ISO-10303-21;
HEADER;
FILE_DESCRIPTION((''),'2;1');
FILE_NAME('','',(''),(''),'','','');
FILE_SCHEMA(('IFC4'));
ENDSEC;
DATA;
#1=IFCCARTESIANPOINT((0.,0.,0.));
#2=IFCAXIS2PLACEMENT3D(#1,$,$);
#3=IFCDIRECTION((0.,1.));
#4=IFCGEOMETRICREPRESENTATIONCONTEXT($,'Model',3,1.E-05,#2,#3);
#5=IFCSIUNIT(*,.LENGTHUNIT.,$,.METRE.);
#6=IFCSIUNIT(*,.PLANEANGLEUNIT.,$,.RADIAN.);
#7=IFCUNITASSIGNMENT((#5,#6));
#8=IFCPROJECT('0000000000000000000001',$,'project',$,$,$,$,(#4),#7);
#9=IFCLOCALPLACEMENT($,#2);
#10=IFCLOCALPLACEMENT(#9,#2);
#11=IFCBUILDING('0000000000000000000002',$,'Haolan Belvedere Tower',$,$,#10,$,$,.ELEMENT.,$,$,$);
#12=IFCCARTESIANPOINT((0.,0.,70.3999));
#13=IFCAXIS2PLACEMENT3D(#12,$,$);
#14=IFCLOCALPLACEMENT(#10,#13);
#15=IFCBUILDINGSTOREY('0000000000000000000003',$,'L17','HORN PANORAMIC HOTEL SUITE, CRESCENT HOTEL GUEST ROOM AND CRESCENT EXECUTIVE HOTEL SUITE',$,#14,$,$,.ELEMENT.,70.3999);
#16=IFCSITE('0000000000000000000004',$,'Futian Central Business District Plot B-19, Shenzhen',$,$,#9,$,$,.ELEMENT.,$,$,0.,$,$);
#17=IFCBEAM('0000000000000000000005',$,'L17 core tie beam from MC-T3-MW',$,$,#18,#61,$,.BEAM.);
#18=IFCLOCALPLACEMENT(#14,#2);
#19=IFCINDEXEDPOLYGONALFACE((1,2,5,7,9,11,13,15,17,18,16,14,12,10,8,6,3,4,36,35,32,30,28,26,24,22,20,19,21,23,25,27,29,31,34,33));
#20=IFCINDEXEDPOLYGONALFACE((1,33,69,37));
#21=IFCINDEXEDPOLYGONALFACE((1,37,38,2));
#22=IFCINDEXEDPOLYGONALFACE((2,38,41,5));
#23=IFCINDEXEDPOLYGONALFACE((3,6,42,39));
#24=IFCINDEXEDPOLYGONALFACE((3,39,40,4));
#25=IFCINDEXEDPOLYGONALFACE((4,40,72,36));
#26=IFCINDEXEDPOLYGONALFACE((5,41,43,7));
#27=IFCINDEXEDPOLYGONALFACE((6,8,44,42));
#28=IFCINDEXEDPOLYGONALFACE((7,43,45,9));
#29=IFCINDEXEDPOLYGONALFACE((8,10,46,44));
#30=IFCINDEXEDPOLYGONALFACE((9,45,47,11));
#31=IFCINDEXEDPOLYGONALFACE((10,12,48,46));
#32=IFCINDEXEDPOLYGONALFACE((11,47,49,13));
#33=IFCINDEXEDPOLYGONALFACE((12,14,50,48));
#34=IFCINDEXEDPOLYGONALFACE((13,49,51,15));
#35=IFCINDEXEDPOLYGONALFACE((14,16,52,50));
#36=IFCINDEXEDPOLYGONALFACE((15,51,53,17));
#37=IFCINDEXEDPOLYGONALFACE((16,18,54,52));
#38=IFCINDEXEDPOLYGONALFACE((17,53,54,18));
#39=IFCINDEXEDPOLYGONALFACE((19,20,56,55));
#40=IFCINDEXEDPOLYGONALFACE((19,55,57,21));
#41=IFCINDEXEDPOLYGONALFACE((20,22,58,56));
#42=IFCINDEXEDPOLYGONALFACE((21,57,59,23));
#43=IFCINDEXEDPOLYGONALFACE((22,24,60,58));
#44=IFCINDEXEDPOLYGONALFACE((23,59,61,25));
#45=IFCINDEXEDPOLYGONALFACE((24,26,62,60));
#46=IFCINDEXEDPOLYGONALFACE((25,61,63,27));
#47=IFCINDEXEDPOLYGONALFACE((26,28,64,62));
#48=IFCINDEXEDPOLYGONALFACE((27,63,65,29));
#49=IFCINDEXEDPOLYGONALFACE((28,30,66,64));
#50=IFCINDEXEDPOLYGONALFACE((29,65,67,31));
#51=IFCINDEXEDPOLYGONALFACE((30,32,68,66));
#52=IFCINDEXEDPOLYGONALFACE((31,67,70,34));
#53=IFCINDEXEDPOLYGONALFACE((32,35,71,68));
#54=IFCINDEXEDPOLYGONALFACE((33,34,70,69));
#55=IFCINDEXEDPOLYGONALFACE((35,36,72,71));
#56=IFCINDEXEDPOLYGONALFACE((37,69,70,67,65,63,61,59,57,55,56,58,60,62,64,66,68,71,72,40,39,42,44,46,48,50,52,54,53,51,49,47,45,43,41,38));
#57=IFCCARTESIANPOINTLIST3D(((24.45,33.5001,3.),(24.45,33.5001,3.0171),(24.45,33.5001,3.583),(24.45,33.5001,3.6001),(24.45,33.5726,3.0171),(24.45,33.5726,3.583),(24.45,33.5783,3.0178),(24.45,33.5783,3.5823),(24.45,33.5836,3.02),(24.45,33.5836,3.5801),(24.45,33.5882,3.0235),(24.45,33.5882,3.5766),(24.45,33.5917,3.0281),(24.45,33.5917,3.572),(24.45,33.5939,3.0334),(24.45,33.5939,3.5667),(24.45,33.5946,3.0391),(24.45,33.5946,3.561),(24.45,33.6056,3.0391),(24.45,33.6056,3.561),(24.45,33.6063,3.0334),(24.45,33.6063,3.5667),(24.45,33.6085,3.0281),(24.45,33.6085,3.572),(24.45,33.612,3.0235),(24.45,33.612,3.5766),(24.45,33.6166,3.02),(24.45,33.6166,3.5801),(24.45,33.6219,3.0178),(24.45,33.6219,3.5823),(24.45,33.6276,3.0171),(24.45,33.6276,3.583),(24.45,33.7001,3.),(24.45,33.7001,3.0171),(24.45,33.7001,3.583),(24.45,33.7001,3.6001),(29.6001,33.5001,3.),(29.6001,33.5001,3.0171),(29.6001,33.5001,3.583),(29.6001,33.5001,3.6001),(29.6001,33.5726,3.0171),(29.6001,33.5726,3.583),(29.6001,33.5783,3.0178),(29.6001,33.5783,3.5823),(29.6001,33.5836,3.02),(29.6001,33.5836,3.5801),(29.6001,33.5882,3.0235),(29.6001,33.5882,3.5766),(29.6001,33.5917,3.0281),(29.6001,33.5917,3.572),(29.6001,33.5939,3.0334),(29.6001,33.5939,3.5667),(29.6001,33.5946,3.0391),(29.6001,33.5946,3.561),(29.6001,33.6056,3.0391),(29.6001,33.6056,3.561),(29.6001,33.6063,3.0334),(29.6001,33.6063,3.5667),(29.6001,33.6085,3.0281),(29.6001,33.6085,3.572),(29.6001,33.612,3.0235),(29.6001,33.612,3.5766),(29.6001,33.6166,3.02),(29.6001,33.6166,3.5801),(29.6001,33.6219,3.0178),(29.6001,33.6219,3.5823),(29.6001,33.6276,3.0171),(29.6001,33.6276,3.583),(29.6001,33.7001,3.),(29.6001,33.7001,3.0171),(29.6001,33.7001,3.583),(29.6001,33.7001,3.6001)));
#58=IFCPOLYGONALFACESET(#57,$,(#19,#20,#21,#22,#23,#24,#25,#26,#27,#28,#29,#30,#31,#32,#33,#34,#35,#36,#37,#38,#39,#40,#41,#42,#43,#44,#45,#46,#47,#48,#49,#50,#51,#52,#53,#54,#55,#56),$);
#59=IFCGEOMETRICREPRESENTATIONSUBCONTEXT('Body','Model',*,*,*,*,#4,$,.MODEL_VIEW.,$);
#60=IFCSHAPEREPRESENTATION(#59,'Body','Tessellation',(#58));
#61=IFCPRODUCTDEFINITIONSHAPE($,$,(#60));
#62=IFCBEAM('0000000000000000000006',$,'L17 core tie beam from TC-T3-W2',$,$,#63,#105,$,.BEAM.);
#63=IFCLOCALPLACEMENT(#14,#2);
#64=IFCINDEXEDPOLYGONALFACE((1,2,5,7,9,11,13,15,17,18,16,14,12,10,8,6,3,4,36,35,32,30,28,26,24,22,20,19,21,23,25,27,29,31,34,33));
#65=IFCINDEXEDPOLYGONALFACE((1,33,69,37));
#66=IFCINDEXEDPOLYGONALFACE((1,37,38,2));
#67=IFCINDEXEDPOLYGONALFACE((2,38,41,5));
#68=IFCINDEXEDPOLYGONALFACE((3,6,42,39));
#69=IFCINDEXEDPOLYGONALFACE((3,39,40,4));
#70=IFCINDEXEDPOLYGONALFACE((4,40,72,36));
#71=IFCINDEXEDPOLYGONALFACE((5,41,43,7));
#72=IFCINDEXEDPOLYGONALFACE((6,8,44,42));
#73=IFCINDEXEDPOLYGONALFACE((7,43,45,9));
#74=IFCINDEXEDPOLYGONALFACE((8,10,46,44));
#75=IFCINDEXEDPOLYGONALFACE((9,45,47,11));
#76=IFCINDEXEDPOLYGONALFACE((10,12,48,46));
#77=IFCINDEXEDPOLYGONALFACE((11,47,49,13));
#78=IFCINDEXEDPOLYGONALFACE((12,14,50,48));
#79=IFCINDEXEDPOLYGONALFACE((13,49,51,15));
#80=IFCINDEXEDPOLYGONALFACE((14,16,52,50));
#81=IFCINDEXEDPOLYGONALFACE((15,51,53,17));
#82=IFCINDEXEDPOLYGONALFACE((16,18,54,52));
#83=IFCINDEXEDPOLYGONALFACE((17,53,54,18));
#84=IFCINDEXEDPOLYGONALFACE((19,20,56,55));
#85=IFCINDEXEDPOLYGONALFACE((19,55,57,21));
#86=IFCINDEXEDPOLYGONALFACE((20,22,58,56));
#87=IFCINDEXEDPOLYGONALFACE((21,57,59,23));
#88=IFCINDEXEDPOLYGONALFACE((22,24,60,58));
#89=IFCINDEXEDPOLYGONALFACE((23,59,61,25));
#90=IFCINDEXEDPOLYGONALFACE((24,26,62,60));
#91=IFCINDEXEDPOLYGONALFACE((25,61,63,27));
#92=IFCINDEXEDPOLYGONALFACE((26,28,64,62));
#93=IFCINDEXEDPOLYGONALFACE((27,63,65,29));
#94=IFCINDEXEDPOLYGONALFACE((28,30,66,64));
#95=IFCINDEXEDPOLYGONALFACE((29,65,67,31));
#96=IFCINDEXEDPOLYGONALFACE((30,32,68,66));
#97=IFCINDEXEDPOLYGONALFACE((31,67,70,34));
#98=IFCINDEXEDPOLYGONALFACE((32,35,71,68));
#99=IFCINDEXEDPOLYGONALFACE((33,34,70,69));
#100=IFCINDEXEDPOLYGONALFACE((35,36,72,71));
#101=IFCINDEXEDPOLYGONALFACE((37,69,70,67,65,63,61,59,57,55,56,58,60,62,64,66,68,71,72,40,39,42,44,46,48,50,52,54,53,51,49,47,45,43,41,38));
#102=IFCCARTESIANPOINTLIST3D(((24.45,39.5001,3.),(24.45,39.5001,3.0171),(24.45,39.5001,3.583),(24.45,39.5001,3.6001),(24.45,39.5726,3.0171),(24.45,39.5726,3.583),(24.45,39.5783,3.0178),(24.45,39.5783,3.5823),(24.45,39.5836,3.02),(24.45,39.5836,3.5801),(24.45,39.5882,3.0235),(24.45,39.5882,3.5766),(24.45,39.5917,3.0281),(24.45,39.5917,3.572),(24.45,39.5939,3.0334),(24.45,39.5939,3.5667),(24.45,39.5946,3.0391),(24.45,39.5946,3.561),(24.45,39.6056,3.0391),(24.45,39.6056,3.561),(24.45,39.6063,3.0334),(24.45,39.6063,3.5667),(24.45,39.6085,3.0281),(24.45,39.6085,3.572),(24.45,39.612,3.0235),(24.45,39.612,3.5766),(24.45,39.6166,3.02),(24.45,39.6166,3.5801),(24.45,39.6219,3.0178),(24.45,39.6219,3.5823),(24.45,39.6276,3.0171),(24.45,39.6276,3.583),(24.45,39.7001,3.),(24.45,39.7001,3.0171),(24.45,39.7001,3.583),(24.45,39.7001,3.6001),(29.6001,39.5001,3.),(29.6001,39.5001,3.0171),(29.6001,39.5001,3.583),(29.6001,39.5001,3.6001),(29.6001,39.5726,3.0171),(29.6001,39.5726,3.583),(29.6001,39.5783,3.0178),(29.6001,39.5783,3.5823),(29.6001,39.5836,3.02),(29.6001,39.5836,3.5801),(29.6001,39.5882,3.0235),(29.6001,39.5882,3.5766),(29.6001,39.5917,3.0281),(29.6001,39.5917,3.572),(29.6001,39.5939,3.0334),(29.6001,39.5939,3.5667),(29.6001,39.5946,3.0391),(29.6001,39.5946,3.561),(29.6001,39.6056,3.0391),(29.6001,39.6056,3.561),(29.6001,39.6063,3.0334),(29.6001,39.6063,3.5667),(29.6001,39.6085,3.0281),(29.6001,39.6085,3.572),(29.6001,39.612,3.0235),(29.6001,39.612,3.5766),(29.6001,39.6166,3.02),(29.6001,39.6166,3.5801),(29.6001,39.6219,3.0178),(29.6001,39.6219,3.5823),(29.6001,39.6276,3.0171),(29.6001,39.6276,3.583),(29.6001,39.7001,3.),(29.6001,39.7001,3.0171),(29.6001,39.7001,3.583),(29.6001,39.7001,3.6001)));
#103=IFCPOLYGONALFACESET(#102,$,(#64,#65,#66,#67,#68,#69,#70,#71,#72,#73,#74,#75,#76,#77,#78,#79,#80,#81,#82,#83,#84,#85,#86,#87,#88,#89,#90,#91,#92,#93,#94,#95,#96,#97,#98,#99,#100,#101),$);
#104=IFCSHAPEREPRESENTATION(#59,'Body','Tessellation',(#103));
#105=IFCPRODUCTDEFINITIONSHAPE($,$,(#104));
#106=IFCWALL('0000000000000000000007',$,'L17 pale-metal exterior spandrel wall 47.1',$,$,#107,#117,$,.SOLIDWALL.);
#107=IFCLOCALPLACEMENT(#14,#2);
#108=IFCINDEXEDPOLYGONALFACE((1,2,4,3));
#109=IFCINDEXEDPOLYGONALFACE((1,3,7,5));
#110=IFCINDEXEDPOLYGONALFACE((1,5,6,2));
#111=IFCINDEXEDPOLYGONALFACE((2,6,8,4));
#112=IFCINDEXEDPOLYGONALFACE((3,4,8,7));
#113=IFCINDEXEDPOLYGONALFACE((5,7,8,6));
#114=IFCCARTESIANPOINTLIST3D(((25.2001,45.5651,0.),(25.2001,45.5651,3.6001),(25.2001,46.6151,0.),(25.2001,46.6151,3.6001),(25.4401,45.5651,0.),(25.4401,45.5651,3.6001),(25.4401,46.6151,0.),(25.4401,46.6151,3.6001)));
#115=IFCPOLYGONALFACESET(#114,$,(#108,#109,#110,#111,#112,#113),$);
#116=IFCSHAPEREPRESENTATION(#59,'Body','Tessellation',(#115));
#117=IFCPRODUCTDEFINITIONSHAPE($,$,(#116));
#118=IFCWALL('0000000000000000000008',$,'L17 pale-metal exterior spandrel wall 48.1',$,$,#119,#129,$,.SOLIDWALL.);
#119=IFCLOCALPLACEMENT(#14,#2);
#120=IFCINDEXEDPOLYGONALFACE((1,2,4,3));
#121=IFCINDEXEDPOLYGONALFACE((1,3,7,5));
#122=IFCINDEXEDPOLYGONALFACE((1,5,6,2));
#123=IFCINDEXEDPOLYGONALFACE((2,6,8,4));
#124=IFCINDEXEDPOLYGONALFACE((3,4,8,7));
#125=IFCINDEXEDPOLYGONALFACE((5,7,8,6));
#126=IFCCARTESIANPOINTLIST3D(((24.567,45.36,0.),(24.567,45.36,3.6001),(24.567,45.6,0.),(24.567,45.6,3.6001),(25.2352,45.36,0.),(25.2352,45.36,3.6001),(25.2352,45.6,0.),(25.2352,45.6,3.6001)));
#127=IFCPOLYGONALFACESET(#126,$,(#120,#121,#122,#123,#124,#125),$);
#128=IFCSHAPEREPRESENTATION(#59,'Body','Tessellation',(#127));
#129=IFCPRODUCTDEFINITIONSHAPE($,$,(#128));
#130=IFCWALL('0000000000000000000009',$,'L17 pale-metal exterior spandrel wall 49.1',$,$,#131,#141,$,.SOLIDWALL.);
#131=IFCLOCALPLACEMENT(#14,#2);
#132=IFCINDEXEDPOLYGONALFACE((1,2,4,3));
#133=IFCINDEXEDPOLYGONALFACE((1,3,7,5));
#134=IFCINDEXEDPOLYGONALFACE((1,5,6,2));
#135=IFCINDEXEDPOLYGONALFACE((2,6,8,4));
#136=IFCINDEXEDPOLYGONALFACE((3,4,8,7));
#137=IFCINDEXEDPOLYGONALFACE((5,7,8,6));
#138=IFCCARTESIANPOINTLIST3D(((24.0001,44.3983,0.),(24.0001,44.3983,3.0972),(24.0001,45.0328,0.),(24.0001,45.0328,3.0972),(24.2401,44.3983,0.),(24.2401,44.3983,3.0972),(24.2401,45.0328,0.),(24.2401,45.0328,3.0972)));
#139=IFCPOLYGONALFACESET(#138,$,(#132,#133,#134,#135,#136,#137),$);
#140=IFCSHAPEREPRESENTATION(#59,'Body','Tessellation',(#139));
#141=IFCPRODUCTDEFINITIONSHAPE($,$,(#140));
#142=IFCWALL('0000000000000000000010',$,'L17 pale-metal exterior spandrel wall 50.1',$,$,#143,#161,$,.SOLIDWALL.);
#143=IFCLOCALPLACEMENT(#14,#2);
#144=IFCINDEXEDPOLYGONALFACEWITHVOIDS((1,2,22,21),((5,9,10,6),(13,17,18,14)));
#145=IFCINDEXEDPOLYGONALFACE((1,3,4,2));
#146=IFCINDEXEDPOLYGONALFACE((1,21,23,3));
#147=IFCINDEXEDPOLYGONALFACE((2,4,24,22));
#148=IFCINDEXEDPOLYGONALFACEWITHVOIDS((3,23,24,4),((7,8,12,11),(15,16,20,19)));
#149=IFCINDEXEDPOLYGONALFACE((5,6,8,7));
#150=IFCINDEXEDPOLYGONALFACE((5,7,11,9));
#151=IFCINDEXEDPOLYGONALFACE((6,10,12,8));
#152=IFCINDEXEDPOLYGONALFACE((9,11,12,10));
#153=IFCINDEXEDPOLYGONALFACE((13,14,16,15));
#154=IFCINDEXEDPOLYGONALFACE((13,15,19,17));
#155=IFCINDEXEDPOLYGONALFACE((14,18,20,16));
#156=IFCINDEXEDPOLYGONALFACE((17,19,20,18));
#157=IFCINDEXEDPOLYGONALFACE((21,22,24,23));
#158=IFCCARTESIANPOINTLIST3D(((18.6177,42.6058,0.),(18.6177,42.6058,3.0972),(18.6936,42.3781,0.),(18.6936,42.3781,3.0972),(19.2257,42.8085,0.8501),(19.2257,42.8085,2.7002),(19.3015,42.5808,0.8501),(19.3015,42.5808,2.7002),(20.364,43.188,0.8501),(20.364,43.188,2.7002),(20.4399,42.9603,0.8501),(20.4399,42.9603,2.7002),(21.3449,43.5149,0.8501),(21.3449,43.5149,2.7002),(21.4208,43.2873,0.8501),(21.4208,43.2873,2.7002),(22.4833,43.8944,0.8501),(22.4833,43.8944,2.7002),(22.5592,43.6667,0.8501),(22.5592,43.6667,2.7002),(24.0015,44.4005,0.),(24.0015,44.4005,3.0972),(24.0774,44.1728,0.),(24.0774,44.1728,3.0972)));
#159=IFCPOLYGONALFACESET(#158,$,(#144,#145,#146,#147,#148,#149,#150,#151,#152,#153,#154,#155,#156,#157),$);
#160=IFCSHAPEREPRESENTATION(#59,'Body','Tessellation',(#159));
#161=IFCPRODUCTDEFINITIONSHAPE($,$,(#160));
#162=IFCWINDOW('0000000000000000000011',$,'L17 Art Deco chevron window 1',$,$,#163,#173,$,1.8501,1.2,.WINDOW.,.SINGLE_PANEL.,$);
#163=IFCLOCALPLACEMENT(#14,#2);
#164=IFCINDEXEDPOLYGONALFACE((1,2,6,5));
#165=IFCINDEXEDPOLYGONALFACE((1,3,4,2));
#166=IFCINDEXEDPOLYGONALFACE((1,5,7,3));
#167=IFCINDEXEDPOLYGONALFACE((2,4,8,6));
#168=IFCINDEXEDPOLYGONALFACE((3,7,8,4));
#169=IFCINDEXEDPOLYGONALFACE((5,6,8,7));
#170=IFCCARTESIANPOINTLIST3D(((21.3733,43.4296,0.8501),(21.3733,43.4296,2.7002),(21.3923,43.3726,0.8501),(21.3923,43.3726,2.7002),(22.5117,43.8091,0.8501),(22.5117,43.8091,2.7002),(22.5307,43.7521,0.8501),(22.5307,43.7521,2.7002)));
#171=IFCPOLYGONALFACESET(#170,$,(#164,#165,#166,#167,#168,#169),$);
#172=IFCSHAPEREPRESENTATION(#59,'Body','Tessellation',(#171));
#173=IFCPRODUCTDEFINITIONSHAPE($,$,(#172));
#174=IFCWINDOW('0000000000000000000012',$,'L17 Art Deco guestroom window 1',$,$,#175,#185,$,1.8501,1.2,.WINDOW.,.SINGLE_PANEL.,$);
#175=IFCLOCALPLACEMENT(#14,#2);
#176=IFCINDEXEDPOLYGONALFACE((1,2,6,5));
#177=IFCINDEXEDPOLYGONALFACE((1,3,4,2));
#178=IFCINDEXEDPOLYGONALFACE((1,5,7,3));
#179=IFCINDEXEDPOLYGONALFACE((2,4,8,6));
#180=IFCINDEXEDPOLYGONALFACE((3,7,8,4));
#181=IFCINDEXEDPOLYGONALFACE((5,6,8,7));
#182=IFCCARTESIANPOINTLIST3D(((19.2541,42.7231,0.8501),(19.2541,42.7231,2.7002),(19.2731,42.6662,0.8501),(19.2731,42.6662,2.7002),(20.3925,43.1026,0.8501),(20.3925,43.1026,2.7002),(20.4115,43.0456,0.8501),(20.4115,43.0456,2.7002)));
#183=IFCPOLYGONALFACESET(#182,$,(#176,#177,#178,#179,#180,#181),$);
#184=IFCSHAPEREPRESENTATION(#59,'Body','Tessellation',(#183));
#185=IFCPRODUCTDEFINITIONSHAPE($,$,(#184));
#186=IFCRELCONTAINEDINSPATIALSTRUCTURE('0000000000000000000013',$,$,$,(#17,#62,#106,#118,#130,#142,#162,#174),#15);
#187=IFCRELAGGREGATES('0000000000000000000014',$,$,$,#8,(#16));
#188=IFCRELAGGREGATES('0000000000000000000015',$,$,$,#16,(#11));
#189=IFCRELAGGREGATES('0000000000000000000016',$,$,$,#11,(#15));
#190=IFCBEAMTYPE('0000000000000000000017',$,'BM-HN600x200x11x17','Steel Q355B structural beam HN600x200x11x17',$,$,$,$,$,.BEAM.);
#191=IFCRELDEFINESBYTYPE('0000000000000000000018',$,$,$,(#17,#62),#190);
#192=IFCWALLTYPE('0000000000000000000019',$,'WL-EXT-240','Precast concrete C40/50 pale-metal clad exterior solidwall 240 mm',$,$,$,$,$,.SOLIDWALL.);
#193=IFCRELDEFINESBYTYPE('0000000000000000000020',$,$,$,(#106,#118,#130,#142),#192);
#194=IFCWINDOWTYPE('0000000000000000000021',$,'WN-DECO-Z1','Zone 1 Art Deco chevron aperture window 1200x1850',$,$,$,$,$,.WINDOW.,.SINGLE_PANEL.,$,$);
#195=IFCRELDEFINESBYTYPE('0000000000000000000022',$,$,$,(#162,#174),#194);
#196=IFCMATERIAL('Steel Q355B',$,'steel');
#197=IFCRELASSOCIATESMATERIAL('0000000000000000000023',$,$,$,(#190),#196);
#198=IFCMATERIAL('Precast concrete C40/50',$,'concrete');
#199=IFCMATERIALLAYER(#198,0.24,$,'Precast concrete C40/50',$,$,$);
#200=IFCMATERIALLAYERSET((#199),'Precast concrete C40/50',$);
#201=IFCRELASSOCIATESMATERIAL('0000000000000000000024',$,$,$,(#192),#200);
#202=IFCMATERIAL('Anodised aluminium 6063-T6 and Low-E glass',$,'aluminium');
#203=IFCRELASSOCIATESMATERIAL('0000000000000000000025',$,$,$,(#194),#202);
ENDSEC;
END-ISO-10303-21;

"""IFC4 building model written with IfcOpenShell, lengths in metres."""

from ifc_helpers import new_model, si_unit, direction, frame, frame_2d, origin, origin_2d, place, context, subcontext, project, spatial, rectangle, i_section, extrude, material, layer, layer_set, material_profile, profile_set, type_object, element, fill, save


model = new_model("IFC4")

# Units and contexts
model_context = context("Model", 3, precision=1e-05, world=origin(), true_north=direction((0.0, 1.0)))
body_context = subcontext(model_context, "Body", "Model", "MODEL_VIEW")
ifc_project = project(units=[si_unit("LENGTHUNIT", "METRE"), si_unit("PLANEANGLEUNIT", "RADIAN")], contexts=[model_context])

# Site, building, storey
site_placement = place(None, origin())
site = spatial("IfcSite", under=ifc_project, at=site_placement, Name="Futian Central Business District Plot B-19, Shenzhen", CompositionType="ELEMENT", RefElevation=0.0)
building_placement = place(site_placement, origin())
building = spatial("IfcBuilding", under=site, at=building_placement, Name="Haolan Belvedere Tower", CompositionType="ELEMENT")
storey_placement = place(building_placement, frame((0.0, 0.0, 70.3999)))
storey = spatial("IfcBuildingStorey", under=building, at=storey_placement, Name="L17", Description="HORN PANORAMIC HOTEL SUITE, CRESCENT HOTEL GUEST ROOM AND CRESCENT EXECUTIVE HOTEL SUITE", CompositionType="ELEMENT", Elevation=70.3999)

# Shared definitions
ifc_material_1 = material(Name="Steel Q355B", Category="steel")

# Beams
ifc_material_profile_1 = material_profile(ifc_material_1, i_section(OverallWidth=0.2, OverallDepth=0.6001, WebThickness=0.011, FlangeThickness=0.0171, FilletRadius=0.022, at=origin_2d()), Name="Steel Q355B")
ifc_profile_set_1 = profile_set([ifc_material_profile_1], Name="Steel Q355B")
beam_type_1 = type_object("IfcBeamType", Name="BM-HN600x200x11x17", Description="Steel Q355B structural beam HN600x200x11x17", PredefinedType="BEAM", material=ifc_profile_set_1)
for number, where, z_axis, x_axis, name in (
    (1, (24.45, 33.6001, 3.3), (1.0, 0.0, 0.0), (0.0, 1.0, 0.0), "L17 core tie beam from MC-T3-MW"),
    (2, (24.45, 39.6001, 3.3), (1.0, 0.0, 0.0), (0.0, 1.0, 0.0), "L17 core tie beam from TC-T3-W2"),
):
    element("IfcBeam", number, at=place(storey_placement, frame(where, z_axis=z_axis, x_axis=x_axis)), inside=storey, type_object=beam_type_1, Name=name, PredefinedType="BEAM", context=body_context, shape_type="SweptSolid", body=[
        extrude(i_section(OverallWidth=0.2, OverallDepth=0.6001, WebThickness=0.011, FlangeThickness=0.0171, FilletRadius=0.022, at=origin_2d()), origin(), (0.0, 0.0, 1.0), 5.1501),
    ])

# Walls
ifc_material_2 = material(Name="Precast concrete C40/50", Category="concrete")
ifc_layer_1 = layer(ifc_material_2, 0.24, Name="Precast concrete C40/50")
ifc_layer_set_1 = layer_set([ifc_layer_1], Name="Precast concrete C40/50")
wall_type_1 = type_object("IfcWallType", Name="WL-EXT-240", Description="Precast concrete C40/50 pale-metal clad exterior solidwall 240 mm", PredefinedType="SOLIDWALL", material=ifc_layer_set_1)
wall_1_placement = place(storey_placement, frame((25.3201, 46.615, 0.0), z_axis=(0.0, 0.0, 1.0), x_axis=(0.0, -1.0, 0.0)))
element("IfcWall", 3, at=wall_1_placement, inside=storey, type_object=wall_type_1, Name="L17 pale-metal exterior spandrel wall 47.1", PredefinedType="SOLIDWALL", context=body_context, shape_type="SweptSolid", body=[
    extrude(rectangle(XDim=1.05, YDim=0.24, at=frame_2d((0.5249, 0.0))), origin(), (0.0, 0.0, 1.0), 3.6001),
])
wall_2_placement = place(storey_placement, frame((25.2351, 45.48, 0.0), z_axis=(0.0, 0.0, 1.0), x_axis=(-1.0, 0.0, 0.0)))
element("IfcWall", 4, at=wall_2_placement, inside=storey, type_object=wall_type_1, Name="L17 pale-metal exterior spandrel wall 48.1", PredefinedType="SOLIDWALL", context=body_context, shape_type="SweptSolid", body=[
    extrude(rectangle(XDim=0.6682, YDim=0.24, at=frame_2d((0.334, 0.0))), origin(), (0.0, 0.0, 1.0), 3.6001),
])
wall_3_placement = place(storey_placement, frame((24.1201, 45.033, 0.0), z_axis=(0.0, 0.0, 1.0), x_axis=(0.0, -1.0, 0.0)))
element("IfcWall", 5, at=wall_3_placement, inside=storey, type_object=wall_type_1, Name="L17 pale-metal exterior spandrel wall 49.1", PredefinedType="SOLIDWALL", context=body_context, shape_type="SweptSolid", body=[
    extrude(rectangle(XDim=0.6345, YDim=0.24, at=frame_2d((0.3174, 0.0))), origin(), (0.0, 0.0, 1.0), 3.0972),
])

# Wall, openings, windows
wall_4_placement = place(storey_placement, frame((24.0393, 44.2866, 0.0), z_axis=(0.0, 0.0, 1.0), x_axis=(-0.948679, -0.316241, 0.0)))
wall_4 = element("IfcWall", 6, at=wall_4_placement, inside=storey, type_object=wall_type_1, Name="L17 pale-metal exterior spandrel wall 50.1", PredefinedType="SOLIDWALL", context=body_context, shape_type="SweptSolid", body=[
    extrude(rectangle(XDim=5.675, YDim=0.24, at=frame_2d((2.8374, 0.0))), origin(), (0.0, 0.0, 1.0), 3.0972),
])
opening_1_placement = place(wall_4_placement, frame((1.6001, 0.0, 0.8501)))
opening_1 = element("IfcOpeningElement", 7, at=opening_1_placement, cuts=wall_4, PredefinedType="OPENING", context=body_context, shape_type="SweptSolid", body=[
    extrude(rectangle(XDim=1.2, YDim=1.8501, at=frame_2d((0.6001, 0.925))), frame((0.0, 0.1299, 0.0), z_axis=(0.0, -1.0, 0.0), x_axis=(1.0, 0.0, 0.0)), (0.0, 0.0, 1.0), 0.26),
])
opening_2_placement = place(wall_4_placement, frame((3.834, 0.0, 0.8501)))
opening_2 = element("IfcOpeningElement", 8, at=opening_2_placement, cuts=wall_4, PredefinedType="OPENING", context=body_context, shape_type="SweptSolid", body=[
    extrude(rectangle(XDim=1.2, YDim=1.8501, at=frame_2d((0.6001, 0.925))), frame((0.0, 0.1299, 0.0), z_axis=(0.0, -1.0, 0.0), x_axis=(1.0, 0.0, 0.0)), (0.0, 0.0, 1.0), 0.26),
])
ifc_material_3 = material(Name="Anodised aluminium 6063-T6 and Low-E glass", Category="aluminium")
window_type = type_object("IfcWindowType", Name="WN-DECO-Z1", Description="Zone 1 Art Deco chevron aperture window 1200x1850", PartitioningType="SINGLE_PANEL", PredefinedType="WINDOW", material=ifc_material_3)
window_1_placement = place(opening_1_placement, origin())
window_1 = element("IfcWindow", 9, at=window_1_placement, inside=storey, type_object=window_type, Name="L17 Art Deco chevron window 1", OverallHeight=1.8501, OverallWidth=1.2, PartitioningType="SINGLE_PANEL", PredefinedType="WINDOW", context=body_context, shape_type="SweptSolid", body=[
    extrude(rectangle(XDim=1.2, YDim=1.8501, at=frame_2d((0.6001, 0.925))), frame((0.0, 0.03, 0.0), z_axis=(0.0, -1.0, 0.0), x_axis=(1.0, 0.0, 0.0)), (0.0, 0.0, 1.0), 0.0601),
])
fill(opening_1, window_1)
window_2_placement = place(opening_2_placement, origin())
window_2 = element("IfcWindow", 10, at=window_2_placement, inside=storey, type_object=window_type, Name="L17 Art Deco guestroom window 1", OverallHeight=1.8501, OverallWidth=1.2, PartitioningType="SINGLE_PANEL", PredefinedType="WINDOW", context=body_context, shape_type="SweptSolid", body=[
    extrude(rectangle(XDim=1.2, YDim=1.8501, at=frame_2d((0.6001, 0.925))), frame((0.0, 0.03, 0.0), z_axis=(0.0, -1.0, 0.0), x_axis=(1.0, 0.0, 0.0)), (0.0, 0.0, 1.0), 0.0601),
])
fill(opening_2, window_2)

save(model, "model.ifc")
